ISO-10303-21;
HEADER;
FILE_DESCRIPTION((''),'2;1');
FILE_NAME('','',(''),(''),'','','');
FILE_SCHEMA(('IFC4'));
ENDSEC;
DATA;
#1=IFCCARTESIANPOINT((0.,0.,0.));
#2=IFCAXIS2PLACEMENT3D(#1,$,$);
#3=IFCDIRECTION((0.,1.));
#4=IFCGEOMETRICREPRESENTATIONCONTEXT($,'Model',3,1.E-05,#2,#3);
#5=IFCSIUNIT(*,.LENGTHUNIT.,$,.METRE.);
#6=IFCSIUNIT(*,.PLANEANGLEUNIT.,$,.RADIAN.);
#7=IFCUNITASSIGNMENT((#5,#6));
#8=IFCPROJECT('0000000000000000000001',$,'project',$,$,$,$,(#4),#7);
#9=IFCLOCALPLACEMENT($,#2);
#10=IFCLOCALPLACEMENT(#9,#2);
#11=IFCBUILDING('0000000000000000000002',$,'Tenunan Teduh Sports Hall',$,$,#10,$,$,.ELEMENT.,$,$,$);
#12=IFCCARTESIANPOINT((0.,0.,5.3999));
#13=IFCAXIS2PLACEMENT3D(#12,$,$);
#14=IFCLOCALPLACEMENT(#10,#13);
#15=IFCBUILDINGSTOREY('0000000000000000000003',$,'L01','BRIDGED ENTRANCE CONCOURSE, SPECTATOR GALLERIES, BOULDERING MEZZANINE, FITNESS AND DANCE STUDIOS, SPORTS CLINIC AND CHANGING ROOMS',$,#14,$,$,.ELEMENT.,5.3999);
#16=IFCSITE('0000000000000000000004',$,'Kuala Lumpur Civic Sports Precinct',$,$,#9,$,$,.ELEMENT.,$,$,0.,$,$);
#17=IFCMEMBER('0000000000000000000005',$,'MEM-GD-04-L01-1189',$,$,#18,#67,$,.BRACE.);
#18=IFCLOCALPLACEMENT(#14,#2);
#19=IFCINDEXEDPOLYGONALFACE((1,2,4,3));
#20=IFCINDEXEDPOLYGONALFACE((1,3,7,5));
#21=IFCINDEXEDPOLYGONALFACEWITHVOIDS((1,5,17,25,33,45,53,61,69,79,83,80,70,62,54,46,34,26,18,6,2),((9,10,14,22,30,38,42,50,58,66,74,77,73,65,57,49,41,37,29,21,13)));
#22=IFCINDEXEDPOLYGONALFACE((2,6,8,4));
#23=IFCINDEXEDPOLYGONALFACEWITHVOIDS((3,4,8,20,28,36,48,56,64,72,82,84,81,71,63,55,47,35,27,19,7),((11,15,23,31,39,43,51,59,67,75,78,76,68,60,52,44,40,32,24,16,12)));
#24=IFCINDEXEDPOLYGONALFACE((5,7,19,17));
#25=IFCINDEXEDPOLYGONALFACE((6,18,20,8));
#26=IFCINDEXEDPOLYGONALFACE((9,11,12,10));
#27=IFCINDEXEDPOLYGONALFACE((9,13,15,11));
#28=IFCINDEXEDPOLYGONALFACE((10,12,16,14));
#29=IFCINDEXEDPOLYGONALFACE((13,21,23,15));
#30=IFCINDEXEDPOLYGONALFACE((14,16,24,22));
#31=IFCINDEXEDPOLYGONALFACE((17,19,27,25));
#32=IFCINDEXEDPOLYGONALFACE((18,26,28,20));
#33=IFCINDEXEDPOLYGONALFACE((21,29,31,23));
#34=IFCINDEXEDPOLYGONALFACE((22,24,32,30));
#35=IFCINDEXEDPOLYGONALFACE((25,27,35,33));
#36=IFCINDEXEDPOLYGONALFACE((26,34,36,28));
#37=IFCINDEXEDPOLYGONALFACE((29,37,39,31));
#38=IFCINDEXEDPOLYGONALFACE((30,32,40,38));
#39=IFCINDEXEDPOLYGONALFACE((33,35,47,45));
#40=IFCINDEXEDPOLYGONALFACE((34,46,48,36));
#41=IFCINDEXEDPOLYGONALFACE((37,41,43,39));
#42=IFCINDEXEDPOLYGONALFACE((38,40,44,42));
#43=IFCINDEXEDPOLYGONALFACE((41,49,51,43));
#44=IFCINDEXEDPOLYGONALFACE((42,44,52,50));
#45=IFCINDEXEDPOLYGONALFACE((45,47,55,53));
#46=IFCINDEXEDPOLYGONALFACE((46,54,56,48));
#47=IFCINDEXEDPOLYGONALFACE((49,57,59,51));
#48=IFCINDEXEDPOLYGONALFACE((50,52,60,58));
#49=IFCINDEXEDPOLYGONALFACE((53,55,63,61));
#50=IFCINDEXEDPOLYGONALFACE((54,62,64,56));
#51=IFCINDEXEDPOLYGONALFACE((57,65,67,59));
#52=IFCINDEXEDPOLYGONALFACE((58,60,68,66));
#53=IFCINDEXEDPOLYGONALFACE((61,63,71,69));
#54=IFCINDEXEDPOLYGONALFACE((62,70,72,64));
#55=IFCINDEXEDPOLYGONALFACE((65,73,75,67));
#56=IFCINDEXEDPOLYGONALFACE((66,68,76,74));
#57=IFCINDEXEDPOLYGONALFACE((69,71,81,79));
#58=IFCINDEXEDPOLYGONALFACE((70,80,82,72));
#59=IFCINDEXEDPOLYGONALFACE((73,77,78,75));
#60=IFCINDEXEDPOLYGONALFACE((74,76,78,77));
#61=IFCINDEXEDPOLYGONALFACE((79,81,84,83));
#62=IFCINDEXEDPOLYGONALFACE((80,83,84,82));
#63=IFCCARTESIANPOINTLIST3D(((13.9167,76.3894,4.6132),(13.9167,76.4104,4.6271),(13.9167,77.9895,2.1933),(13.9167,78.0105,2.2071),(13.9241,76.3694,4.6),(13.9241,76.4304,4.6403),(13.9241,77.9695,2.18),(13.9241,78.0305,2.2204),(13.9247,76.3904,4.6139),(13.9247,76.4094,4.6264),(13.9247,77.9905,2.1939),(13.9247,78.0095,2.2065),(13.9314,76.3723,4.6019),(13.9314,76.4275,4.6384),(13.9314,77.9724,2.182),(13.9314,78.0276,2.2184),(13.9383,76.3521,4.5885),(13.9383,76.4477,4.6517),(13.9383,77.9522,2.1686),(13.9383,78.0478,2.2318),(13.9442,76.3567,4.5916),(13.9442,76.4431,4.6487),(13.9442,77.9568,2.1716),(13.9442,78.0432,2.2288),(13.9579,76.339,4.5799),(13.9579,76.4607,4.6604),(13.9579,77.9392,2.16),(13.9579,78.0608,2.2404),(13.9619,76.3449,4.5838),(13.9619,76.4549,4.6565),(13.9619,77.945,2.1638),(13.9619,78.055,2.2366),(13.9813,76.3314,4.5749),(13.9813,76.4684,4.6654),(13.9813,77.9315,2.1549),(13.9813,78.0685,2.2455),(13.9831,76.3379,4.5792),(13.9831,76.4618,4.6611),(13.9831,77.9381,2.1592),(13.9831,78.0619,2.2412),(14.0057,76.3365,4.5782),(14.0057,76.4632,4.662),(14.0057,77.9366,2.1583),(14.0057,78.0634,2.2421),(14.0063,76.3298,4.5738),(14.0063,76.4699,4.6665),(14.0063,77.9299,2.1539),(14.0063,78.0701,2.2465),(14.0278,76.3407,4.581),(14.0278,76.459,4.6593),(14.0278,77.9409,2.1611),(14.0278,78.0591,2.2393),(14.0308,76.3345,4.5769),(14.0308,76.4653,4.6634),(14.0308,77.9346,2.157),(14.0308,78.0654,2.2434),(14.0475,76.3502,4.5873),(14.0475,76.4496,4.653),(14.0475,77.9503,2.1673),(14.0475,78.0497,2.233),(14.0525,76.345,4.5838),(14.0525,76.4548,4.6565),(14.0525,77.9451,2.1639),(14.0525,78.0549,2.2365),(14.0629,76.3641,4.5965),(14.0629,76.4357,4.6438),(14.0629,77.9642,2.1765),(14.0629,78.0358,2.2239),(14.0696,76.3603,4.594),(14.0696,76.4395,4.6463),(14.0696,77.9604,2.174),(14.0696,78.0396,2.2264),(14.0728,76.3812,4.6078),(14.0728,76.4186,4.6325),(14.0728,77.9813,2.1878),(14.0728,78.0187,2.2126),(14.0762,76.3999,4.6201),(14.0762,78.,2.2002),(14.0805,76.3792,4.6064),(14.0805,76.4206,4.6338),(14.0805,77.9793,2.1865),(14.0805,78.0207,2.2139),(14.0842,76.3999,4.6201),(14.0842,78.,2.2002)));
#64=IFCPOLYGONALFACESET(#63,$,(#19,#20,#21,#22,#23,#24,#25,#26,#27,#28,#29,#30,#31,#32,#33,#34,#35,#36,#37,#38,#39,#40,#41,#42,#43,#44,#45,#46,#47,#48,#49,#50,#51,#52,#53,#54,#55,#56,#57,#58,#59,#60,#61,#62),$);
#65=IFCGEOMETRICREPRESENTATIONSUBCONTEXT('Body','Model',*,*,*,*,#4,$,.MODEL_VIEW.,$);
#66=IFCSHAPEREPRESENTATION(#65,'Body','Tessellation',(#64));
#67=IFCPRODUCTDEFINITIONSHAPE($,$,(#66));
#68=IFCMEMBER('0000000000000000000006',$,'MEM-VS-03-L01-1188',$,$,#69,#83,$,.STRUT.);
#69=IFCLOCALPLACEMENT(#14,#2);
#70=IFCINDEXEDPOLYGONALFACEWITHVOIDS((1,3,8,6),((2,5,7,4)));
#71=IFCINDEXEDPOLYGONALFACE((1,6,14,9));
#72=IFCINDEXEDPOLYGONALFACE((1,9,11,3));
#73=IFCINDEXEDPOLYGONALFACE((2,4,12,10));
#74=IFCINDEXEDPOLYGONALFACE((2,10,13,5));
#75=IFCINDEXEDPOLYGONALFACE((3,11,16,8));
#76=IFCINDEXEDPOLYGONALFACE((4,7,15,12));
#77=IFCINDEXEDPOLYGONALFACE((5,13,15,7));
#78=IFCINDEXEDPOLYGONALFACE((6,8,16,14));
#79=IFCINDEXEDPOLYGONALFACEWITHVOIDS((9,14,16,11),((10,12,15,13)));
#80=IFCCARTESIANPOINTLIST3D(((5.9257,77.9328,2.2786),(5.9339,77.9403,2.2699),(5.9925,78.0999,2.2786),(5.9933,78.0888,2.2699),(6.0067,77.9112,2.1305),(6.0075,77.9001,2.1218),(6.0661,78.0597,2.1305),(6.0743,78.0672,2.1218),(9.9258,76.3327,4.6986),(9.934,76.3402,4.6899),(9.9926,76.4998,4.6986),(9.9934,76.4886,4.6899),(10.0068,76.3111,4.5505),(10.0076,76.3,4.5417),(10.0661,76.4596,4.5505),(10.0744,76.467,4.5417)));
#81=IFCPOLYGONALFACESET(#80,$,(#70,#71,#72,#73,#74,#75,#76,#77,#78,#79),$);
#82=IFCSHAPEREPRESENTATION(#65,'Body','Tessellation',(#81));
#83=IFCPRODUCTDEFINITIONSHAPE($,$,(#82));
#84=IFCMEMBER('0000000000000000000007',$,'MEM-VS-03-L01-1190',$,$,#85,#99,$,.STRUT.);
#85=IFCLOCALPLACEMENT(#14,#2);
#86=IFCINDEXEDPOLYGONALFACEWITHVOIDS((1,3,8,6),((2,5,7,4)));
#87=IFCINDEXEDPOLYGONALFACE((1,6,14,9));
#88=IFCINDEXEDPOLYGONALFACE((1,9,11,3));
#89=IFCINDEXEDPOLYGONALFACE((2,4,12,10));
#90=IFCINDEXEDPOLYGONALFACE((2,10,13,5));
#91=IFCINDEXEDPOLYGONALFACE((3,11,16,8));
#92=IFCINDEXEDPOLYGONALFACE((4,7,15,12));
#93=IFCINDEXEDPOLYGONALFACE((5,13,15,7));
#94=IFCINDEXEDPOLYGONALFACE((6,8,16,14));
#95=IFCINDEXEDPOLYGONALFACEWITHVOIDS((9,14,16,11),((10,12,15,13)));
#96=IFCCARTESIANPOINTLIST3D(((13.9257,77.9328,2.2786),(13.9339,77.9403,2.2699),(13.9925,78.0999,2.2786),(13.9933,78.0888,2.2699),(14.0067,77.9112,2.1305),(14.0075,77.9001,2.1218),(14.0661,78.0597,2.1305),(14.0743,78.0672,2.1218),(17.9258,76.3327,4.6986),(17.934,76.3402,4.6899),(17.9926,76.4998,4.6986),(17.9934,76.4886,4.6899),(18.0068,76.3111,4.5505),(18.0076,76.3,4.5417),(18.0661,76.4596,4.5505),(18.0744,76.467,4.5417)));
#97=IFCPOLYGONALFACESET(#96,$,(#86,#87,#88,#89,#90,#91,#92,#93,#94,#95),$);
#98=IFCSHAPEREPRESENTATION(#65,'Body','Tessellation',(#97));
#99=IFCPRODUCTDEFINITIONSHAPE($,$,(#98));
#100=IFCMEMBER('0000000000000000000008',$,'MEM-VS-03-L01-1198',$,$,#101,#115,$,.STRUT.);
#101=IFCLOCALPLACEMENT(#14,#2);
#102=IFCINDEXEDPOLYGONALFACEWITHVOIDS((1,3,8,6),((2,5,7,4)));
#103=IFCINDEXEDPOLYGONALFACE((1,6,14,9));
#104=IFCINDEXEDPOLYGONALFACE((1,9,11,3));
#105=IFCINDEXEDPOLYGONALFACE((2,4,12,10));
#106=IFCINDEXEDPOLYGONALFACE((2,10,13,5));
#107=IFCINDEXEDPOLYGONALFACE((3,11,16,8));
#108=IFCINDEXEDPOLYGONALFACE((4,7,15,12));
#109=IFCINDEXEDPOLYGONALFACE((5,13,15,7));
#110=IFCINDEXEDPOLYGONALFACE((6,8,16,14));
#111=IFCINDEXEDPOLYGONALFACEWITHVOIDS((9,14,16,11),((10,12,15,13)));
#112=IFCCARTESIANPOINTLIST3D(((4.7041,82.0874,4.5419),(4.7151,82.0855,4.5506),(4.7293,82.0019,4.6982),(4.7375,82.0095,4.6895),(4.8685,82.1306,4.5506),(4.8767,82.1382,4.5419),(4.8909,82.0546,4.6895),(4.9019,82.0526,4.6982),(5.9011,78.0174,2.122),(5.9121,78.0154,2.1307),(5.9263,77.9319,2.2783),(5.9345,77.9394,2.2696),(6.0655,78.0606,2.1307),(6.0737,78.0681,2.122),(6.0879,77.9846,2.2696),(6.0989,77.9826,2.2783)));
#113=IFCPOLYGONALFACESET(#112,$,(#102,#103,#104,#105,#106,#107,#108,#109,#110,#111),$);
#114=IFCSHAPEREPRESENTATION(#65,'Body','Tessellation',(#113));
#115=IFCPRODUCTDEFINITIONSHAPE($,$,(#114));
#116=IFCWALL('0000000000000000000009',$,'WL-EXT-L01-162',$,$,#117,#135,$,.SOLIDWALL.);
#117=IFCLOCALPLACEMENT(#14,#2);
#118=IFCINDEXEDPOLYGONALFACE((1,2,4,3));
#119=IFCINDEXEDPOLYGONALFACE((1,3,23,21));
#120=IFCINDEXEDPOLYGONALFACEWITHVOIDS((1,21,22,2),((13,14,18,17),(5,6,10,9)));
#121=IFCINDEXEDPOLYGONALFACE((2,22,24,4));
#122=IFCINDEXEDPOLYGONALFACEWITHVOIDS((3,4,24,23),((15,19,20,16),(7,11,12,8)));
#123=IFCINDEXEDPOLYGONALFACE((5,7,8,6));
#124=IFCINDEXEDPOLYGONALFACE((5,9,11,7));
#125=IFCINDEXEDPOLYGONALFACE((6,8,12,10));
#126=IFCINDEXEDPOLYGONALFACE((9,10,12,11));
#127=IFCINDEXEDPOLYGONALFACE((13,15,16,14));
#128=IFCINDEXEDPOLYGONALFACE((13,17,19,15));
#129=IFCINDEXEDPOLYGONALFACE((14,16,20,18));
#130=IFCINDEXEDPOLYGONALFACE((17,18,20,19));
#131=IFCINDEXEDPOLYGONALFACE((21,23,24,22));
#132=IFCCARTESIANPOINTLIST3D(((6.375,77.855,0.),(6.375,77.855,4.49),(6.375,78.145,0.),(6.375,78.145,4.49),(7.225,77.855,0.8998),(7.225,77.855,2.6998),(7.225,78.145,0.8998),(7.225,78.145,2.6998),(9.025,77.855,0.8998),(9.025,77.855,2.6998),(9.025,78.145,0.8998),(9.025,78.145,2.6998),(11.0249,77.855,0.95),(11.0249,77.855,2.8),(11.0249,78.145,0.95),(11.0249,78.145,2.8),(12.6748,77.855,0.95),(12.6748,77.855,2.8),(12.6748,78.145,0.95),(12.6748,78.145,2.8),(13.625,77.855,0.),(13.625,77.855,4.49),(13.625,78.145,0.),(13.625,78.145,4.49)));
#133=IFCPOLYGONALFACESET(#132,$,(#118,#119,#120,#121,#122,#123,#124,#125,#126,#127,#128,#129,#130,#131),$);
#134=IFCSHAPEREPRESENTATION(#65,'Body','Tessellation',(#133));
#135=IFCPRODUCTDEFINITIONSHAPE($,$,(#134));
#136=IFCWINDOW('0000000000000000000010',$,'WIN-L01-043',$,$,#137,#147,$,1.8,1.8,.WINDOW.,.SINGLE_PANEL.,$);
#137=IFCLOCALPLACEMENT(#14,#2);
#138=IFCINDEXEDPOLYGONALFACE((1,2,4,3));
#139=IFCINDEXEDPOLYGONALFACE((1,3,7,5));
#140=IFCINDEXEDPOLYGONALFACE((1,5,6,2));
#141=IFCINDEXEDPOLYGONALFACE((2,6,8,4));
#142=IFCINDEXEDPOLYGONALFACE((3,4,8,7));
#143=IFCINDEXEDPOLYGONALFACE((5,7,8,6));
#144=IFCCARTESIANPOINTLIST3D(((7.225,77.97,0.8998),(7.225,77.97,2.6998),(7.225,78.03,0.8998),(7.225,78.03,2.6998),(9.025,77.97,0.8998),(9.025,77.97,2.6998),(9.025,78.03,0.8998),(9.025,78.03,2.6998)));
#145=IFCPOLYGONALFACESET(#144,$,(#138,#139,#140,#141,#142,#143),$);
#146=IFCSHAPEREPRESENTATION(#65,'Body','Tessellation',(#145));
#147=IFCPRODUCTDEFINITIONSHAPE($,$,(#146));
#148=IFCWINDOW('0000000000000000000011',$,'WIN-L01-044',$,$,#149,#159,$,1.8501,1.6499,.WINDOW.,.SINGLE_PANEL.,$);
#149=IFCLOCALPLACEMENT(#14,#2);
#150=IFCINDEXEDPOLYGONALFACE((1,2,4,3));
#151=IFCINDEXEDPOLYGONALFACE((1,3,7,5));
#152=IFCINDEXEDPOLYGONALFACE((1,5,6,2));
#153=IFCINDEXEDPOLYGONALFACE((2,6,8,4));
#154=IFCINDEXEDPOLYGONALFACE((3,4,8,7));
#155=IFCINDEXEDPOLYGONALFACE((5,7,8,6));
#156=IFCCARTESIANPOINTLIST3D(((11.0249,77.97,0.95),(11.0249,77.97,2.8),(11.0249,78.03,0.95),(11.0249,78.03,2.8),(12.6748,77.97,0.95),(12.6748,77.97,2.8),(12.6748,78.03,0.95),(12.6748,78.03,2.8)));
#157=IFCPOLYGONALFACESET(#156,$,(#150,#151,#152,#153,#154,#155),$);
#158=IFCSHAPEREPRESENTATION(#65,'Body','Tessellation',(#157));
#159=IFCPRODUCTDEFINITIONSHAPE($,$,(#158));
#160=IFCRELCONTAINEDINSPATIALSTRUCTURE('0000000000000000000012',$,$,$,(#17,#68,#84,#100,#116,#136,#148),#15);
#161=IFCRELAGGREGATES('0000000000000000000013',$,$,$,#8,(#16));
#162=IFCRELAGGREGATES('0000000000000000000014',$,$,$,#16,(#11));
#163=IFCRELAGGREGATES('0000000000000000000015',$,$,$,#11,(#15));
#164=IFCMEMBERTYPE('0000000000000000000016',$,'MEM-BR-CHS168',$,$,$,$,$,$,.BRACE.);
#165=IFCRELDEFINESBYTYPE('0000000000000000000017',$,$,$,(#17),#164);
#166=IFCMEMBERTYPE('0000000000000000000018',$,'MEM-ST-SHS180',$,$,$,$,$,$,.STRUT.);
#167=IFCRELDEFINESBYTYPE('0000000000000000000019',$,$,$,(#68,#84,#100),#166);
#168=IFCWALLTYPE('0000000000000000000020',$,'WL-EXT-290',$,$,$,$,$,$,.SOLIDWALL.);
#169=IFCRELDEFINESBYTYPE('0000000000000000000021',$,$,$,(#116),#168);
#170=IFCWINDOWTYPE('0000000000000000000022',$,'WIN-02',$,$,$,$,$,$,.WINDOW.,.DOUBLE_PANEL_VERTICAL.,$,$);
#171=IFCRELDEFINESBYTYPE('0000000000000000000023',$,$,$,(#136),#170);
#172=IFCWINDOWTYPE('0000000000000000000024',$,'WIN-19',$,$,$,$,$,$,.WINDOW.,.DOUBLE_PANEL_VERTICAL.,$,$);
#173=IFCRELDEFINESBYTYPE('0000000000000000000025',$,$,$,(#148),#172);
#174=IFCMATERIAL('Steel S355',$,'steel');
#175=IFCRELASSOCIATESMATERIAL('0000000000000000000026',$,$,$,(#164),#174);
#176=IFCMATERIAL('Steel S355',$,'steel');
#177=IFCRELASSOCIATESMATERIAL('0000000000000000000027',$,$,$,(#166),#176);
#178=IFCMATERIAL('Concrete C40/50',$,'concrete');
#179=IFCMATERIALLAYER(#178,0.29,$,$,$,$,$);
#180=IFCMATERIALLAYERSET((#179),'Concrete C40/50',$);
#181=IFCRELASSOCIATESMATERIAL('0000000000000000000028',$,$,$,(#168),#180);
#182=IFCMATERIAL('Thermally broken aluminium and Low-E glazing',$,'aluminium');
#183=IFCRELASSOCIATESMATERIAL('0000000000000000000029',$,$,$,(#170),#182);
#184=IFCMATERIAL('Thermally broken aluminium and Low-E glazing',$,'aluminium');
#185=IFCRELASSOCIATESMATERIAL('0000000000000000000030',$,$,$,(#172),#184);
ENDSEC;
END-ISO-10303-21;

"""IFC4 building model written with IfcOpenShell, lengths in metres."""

from ifc_helpers import new_model, si_unit, direction, frame, frame_2d, origin, origin_2d, place, context, subcontext, project, spatial, rectangle, hollow_rectangle, hollow_circle, extrude, material, layer, layer_set, material_profile, profile_set, type_object, element, fill, save


model = new_model("IFC4")

# Units and contexts
model_context = context("Model", 3, precision=1e-05, world=origin(), true_north=direction((0.0, 1.0)))
body_context = subcontext(model_context, "Body", "Model", "MODEL_VIEW")
ifc_project = project(units=[si_unit("LENGTHUNIT", "METRE"), si_unit("PLANEANGLEUNIT", "RADIAN")], contexts=[model_context])

# Site, building, storey
site_placement = place(None, origin())
site = spatial("IfcSite", under=ifc_project, at=site_placement, Name="Kuala Lumpur Civic Sports Precinct", CompositionType="ELEMENT", RefElevation=0.0)
building_placement = place(site_placement, origin())
building = spatial("IfcBuilding", under=site, at=building_placement, Name="Tenunan Teduh Sports Hall", CompositionType="ELEMENT")
storey_placement = place(building_placement, frame((0.0, 0.0, 5.3999)))
storey = spatial("IfcBuildingStorey", under=building, at=storey_placement, Name="L01", Description="BRIDGED ENTRANCE CONCOURSE, SPECTATOR GALLERIES, BOULDERING MEZZANINE, FITNESS AND DANCE STUDIOS, SPORTS CLINIC AND CHANGING ROOMS", CompositionType="ELEMENT", Elevation=5.3999)

# Members
ifc_material_1 = material(Name="Steel S355", Category="steel")
ifc_material_profile_1 = material_profile(ifc_material_1, hollow_circle(Radius=0.0842, WallThickness=0.0081, at=origin_2d()), Name="CHS 168.3x8.0")
ifc_profile_set_1 = profile_set([ifc_material_profile_1], Name="Steel S355")
member_type_1 = type_object("IfcMemberType", Name="MEM-BR-CHS168", PredefinedType="BRACE", material=ifc_profile_set_1)
member_1_placement = place(storey_placement, frame((14.0, 78.0, 2.2002), z_axis=(0.0, -0.55155, 0.834142), x_axis=(1.0, 0.0, 0.0)))
element("IfcMember", 1, at=member_1_placement, inside=storey, type_object=member_type_1, Name="MEM-GD-04-L01-1189", PredefinedType="BRACE", context=body_context, shape_type="SweptSolid", body=[
    extrude(hollow_circle(Radius=0.0842, WallThickness=0.0081, at=origin_2d()), origin(), (0.0, 0.0, 1.0), 2.9011),
])
ifc_material_2 = material(Name="Steel S355", Category="steel")
ifc_material_profile_2 = material_profile(ifc_material_2, hollow_rectangle(XDim=0.1799, YDim=0.1799, WallThickness=0.01, at=origin_2d()), Name="SHS 180x180x10.0")
ifc_profile_set_2 = profile_set([ifc_material_profile_2], Name="Steel S355")
member_type_2 = type_object("IfcMemberType", Name="MEM-ST-SHS180", PredefinedType="STRUT", material=ifc_profile_set_2)
for number, where, z_axis, x_axis, name in (
    (2, (6.0, 78.0, 2.2002), (0.809505, -0.323822, 0.489735), (0.37141, 0.928469, 0.0), "MEM-VS-03-L01-1188"),
    (3, (14.0, 78.0, 2.2002), (0.809505, -0.323822, 0.489735), (0.37141, 0.928469, 0.0), "MEM-VS-03-L01-1190"),
):
    element("IfcMember", number, at=place(storey_placement, frame(where, z_axis=z_axis, x_axis=x_axis)), inside=storey, type_object=member_type_2, Name=name, PredefinedType="STRUT", context=body_context, shape_type="SweptSolid", body=[
        extrude(hollow_rectangle(XDim=0.1799, YDim=0.1799, WallThickness=0.01, at=origin_2d()), origin(), (0.0, 0.0, 1.0), 4.9414),
    ])
member_2_placement = place(storey_placement, frame((6.0, 78.0, 2.2002), z_axis=(-0.245086, 0.833332, 0.49547), x_axis=(-0.959369, -0.282154, 0.0)))
element("IfcMember", 4, at=member_2_placement, inside=storey, type_object=member_type_2, Name="MEM-VS-03-L01-1198", PredefinedType="STRUT", context=body_context, shape_type="SweptSolid", body=[
    extrude(hollow_rectangle(XDim=0.1799, YDim=0.1799, WallThickness=0.01, at=origin_2d()), origin(), (0.0, 0.0, 1.0), 4.884),
])

# Wall, openings, windows
ifc_material_3 = material(Name="Concrete C40/50", Category="concrete")
ifc_layer = layer(ifc_material_3, 0.29)
ifc_layer_set = layer_set([ifc_layer], Name="Concrete C40/50")
wall_type = type_object("IfcWallType", Name="WL-EXT-290", PredefinedType="SOLIDWALL", material=ifc_layer_set)
wall_placement = place(storey_placement, frame((6.375, 78.0, 0.0), z_axis=(0.0, 0.0, 1.0), x_axis=(1.0, 0.0, 0.0)))
wall = element("IfcWall", 5, at=wall_placement, inside=storey, type_object=wall_type, Name="WL-EXT-L01-162", PredefinedType="SOLIDWALL", context=body_context, shape_type="SweptSolid", body=[
    extrude(rectangle(XDim=7.25, YDim=0.29, at=frame_2d((3.625, 0.0))), origin(), (0.0, 0.0, 1.0), 4.49),
])
opening_1_placement = place(wall_placement, frame((0.8501, 0.0, 0.8999)))
opening_1 = element("IfcOpeningElement", 6, at=opening_1_placement, cuts=wall, PredefinedType="OPENING", context=body_context, shape_type="SweptSolid", body=[
    extrude(rectangle(XDim=1.8, YDim=1.8, at=frame_2d((0.8999, 0.8999))), frame((0.0, 0.155, 0.0), z_axis=(0.0, -1.0, 0.0), x_axis=(1.0, 0.0, 0.0)), (0.0, 0.0, 1.0), 0.3101),
])
opening_2_placement = place(wall_placement, frame((4.6499, 0.0, 0.95)))
opening_2 = element("IfcOpeningElement", 7, at=opening_2_placement, cuts=wall, PredefinedType="OPENING", context=body_context, shape_type="SweptSolid", body=[
    extrude(rectangle(XDim=1.6499, YDim=1.8501, at=frame_2d((0.825, 0.925))), frame((0.0, 0.155, 0.0), z_axis=(0.0, -1.0, 0.0), x_axis=(1.0, 0.0, 0.0)), (0.0, 0.0, 1.0), 0.3101),
])
ifc_material_4 = material(Name="Thermally broken aluminium and Low-E glazing", Category="aluminium")
window_type_1 = type_object("IfcWindowType", Name="WIN-02", PartitioningType="DOUBLE_PANEL_VERTICAL", PredefinedType="WINDOW", material=ifc_material_4)
window_1_placement = place(opening_1_placement, origin())
window_1 = element("IfcWindow", 8, at=window_1_placement, inside=storey, type_object=window_type_1, Name="WIN-L01-043", OverallHeight=1.8, OverallWidth=1.8, PartitioningType="SINGLE_PANEL", PredefinedType="WINDOW", context=body_context, shape_type="SweptSolid", body=[
    extrude(rectangle(XDim=1.8, YDim=1.8, at=frame_2d((0.8999, 0.8999))), frame((0.0, 0.03, 0.0), z_axis=(0.0, -1.0, 0.0), x_axis=(1.0, 0.0, 0.0)), (0.0, 0.0, 1.0), 0.0601),
])
fill(opening_1, window_1)
ifc_material_5 = material(Name="Thermally broken aluminium and Low-E glazing", Category="aluminium")
window_type_2 = type_object("IfcWindowType", Name="WIN-19", PartitioningType="DOUBLE_PANEL_VERTICAL", PredefinedType="WINDOW", material=ifc_material_5)
window_2_placement = place(opening_2_placement, origin())
window_2 = element("IfcWindow", 9, at=window_2_placement, inside=storey, type_object=window_type_2, Name="WIN-L01-044", OverallHeight=1.8501, OverallWidth=1.6499, PartitioningType="SINGLE_PANEL", PredefinedType="WINDOW", context=body_context, shape_type="SweptSolid", body=[
    extrude(rectangle(XDim=1.6499, YDim=1.8501, at=frame_2d((0.825, 0.925))), frame((0.0, 0.03, 0.0), z_axis=(0.0, -1.0, 0.0), x_axis=(1.0, 0.0, 0.0)), (0.0, 0.0, 1.0), 0.0601),
])
fill(opening_2, window_2)

save(model, "model.ifc")
